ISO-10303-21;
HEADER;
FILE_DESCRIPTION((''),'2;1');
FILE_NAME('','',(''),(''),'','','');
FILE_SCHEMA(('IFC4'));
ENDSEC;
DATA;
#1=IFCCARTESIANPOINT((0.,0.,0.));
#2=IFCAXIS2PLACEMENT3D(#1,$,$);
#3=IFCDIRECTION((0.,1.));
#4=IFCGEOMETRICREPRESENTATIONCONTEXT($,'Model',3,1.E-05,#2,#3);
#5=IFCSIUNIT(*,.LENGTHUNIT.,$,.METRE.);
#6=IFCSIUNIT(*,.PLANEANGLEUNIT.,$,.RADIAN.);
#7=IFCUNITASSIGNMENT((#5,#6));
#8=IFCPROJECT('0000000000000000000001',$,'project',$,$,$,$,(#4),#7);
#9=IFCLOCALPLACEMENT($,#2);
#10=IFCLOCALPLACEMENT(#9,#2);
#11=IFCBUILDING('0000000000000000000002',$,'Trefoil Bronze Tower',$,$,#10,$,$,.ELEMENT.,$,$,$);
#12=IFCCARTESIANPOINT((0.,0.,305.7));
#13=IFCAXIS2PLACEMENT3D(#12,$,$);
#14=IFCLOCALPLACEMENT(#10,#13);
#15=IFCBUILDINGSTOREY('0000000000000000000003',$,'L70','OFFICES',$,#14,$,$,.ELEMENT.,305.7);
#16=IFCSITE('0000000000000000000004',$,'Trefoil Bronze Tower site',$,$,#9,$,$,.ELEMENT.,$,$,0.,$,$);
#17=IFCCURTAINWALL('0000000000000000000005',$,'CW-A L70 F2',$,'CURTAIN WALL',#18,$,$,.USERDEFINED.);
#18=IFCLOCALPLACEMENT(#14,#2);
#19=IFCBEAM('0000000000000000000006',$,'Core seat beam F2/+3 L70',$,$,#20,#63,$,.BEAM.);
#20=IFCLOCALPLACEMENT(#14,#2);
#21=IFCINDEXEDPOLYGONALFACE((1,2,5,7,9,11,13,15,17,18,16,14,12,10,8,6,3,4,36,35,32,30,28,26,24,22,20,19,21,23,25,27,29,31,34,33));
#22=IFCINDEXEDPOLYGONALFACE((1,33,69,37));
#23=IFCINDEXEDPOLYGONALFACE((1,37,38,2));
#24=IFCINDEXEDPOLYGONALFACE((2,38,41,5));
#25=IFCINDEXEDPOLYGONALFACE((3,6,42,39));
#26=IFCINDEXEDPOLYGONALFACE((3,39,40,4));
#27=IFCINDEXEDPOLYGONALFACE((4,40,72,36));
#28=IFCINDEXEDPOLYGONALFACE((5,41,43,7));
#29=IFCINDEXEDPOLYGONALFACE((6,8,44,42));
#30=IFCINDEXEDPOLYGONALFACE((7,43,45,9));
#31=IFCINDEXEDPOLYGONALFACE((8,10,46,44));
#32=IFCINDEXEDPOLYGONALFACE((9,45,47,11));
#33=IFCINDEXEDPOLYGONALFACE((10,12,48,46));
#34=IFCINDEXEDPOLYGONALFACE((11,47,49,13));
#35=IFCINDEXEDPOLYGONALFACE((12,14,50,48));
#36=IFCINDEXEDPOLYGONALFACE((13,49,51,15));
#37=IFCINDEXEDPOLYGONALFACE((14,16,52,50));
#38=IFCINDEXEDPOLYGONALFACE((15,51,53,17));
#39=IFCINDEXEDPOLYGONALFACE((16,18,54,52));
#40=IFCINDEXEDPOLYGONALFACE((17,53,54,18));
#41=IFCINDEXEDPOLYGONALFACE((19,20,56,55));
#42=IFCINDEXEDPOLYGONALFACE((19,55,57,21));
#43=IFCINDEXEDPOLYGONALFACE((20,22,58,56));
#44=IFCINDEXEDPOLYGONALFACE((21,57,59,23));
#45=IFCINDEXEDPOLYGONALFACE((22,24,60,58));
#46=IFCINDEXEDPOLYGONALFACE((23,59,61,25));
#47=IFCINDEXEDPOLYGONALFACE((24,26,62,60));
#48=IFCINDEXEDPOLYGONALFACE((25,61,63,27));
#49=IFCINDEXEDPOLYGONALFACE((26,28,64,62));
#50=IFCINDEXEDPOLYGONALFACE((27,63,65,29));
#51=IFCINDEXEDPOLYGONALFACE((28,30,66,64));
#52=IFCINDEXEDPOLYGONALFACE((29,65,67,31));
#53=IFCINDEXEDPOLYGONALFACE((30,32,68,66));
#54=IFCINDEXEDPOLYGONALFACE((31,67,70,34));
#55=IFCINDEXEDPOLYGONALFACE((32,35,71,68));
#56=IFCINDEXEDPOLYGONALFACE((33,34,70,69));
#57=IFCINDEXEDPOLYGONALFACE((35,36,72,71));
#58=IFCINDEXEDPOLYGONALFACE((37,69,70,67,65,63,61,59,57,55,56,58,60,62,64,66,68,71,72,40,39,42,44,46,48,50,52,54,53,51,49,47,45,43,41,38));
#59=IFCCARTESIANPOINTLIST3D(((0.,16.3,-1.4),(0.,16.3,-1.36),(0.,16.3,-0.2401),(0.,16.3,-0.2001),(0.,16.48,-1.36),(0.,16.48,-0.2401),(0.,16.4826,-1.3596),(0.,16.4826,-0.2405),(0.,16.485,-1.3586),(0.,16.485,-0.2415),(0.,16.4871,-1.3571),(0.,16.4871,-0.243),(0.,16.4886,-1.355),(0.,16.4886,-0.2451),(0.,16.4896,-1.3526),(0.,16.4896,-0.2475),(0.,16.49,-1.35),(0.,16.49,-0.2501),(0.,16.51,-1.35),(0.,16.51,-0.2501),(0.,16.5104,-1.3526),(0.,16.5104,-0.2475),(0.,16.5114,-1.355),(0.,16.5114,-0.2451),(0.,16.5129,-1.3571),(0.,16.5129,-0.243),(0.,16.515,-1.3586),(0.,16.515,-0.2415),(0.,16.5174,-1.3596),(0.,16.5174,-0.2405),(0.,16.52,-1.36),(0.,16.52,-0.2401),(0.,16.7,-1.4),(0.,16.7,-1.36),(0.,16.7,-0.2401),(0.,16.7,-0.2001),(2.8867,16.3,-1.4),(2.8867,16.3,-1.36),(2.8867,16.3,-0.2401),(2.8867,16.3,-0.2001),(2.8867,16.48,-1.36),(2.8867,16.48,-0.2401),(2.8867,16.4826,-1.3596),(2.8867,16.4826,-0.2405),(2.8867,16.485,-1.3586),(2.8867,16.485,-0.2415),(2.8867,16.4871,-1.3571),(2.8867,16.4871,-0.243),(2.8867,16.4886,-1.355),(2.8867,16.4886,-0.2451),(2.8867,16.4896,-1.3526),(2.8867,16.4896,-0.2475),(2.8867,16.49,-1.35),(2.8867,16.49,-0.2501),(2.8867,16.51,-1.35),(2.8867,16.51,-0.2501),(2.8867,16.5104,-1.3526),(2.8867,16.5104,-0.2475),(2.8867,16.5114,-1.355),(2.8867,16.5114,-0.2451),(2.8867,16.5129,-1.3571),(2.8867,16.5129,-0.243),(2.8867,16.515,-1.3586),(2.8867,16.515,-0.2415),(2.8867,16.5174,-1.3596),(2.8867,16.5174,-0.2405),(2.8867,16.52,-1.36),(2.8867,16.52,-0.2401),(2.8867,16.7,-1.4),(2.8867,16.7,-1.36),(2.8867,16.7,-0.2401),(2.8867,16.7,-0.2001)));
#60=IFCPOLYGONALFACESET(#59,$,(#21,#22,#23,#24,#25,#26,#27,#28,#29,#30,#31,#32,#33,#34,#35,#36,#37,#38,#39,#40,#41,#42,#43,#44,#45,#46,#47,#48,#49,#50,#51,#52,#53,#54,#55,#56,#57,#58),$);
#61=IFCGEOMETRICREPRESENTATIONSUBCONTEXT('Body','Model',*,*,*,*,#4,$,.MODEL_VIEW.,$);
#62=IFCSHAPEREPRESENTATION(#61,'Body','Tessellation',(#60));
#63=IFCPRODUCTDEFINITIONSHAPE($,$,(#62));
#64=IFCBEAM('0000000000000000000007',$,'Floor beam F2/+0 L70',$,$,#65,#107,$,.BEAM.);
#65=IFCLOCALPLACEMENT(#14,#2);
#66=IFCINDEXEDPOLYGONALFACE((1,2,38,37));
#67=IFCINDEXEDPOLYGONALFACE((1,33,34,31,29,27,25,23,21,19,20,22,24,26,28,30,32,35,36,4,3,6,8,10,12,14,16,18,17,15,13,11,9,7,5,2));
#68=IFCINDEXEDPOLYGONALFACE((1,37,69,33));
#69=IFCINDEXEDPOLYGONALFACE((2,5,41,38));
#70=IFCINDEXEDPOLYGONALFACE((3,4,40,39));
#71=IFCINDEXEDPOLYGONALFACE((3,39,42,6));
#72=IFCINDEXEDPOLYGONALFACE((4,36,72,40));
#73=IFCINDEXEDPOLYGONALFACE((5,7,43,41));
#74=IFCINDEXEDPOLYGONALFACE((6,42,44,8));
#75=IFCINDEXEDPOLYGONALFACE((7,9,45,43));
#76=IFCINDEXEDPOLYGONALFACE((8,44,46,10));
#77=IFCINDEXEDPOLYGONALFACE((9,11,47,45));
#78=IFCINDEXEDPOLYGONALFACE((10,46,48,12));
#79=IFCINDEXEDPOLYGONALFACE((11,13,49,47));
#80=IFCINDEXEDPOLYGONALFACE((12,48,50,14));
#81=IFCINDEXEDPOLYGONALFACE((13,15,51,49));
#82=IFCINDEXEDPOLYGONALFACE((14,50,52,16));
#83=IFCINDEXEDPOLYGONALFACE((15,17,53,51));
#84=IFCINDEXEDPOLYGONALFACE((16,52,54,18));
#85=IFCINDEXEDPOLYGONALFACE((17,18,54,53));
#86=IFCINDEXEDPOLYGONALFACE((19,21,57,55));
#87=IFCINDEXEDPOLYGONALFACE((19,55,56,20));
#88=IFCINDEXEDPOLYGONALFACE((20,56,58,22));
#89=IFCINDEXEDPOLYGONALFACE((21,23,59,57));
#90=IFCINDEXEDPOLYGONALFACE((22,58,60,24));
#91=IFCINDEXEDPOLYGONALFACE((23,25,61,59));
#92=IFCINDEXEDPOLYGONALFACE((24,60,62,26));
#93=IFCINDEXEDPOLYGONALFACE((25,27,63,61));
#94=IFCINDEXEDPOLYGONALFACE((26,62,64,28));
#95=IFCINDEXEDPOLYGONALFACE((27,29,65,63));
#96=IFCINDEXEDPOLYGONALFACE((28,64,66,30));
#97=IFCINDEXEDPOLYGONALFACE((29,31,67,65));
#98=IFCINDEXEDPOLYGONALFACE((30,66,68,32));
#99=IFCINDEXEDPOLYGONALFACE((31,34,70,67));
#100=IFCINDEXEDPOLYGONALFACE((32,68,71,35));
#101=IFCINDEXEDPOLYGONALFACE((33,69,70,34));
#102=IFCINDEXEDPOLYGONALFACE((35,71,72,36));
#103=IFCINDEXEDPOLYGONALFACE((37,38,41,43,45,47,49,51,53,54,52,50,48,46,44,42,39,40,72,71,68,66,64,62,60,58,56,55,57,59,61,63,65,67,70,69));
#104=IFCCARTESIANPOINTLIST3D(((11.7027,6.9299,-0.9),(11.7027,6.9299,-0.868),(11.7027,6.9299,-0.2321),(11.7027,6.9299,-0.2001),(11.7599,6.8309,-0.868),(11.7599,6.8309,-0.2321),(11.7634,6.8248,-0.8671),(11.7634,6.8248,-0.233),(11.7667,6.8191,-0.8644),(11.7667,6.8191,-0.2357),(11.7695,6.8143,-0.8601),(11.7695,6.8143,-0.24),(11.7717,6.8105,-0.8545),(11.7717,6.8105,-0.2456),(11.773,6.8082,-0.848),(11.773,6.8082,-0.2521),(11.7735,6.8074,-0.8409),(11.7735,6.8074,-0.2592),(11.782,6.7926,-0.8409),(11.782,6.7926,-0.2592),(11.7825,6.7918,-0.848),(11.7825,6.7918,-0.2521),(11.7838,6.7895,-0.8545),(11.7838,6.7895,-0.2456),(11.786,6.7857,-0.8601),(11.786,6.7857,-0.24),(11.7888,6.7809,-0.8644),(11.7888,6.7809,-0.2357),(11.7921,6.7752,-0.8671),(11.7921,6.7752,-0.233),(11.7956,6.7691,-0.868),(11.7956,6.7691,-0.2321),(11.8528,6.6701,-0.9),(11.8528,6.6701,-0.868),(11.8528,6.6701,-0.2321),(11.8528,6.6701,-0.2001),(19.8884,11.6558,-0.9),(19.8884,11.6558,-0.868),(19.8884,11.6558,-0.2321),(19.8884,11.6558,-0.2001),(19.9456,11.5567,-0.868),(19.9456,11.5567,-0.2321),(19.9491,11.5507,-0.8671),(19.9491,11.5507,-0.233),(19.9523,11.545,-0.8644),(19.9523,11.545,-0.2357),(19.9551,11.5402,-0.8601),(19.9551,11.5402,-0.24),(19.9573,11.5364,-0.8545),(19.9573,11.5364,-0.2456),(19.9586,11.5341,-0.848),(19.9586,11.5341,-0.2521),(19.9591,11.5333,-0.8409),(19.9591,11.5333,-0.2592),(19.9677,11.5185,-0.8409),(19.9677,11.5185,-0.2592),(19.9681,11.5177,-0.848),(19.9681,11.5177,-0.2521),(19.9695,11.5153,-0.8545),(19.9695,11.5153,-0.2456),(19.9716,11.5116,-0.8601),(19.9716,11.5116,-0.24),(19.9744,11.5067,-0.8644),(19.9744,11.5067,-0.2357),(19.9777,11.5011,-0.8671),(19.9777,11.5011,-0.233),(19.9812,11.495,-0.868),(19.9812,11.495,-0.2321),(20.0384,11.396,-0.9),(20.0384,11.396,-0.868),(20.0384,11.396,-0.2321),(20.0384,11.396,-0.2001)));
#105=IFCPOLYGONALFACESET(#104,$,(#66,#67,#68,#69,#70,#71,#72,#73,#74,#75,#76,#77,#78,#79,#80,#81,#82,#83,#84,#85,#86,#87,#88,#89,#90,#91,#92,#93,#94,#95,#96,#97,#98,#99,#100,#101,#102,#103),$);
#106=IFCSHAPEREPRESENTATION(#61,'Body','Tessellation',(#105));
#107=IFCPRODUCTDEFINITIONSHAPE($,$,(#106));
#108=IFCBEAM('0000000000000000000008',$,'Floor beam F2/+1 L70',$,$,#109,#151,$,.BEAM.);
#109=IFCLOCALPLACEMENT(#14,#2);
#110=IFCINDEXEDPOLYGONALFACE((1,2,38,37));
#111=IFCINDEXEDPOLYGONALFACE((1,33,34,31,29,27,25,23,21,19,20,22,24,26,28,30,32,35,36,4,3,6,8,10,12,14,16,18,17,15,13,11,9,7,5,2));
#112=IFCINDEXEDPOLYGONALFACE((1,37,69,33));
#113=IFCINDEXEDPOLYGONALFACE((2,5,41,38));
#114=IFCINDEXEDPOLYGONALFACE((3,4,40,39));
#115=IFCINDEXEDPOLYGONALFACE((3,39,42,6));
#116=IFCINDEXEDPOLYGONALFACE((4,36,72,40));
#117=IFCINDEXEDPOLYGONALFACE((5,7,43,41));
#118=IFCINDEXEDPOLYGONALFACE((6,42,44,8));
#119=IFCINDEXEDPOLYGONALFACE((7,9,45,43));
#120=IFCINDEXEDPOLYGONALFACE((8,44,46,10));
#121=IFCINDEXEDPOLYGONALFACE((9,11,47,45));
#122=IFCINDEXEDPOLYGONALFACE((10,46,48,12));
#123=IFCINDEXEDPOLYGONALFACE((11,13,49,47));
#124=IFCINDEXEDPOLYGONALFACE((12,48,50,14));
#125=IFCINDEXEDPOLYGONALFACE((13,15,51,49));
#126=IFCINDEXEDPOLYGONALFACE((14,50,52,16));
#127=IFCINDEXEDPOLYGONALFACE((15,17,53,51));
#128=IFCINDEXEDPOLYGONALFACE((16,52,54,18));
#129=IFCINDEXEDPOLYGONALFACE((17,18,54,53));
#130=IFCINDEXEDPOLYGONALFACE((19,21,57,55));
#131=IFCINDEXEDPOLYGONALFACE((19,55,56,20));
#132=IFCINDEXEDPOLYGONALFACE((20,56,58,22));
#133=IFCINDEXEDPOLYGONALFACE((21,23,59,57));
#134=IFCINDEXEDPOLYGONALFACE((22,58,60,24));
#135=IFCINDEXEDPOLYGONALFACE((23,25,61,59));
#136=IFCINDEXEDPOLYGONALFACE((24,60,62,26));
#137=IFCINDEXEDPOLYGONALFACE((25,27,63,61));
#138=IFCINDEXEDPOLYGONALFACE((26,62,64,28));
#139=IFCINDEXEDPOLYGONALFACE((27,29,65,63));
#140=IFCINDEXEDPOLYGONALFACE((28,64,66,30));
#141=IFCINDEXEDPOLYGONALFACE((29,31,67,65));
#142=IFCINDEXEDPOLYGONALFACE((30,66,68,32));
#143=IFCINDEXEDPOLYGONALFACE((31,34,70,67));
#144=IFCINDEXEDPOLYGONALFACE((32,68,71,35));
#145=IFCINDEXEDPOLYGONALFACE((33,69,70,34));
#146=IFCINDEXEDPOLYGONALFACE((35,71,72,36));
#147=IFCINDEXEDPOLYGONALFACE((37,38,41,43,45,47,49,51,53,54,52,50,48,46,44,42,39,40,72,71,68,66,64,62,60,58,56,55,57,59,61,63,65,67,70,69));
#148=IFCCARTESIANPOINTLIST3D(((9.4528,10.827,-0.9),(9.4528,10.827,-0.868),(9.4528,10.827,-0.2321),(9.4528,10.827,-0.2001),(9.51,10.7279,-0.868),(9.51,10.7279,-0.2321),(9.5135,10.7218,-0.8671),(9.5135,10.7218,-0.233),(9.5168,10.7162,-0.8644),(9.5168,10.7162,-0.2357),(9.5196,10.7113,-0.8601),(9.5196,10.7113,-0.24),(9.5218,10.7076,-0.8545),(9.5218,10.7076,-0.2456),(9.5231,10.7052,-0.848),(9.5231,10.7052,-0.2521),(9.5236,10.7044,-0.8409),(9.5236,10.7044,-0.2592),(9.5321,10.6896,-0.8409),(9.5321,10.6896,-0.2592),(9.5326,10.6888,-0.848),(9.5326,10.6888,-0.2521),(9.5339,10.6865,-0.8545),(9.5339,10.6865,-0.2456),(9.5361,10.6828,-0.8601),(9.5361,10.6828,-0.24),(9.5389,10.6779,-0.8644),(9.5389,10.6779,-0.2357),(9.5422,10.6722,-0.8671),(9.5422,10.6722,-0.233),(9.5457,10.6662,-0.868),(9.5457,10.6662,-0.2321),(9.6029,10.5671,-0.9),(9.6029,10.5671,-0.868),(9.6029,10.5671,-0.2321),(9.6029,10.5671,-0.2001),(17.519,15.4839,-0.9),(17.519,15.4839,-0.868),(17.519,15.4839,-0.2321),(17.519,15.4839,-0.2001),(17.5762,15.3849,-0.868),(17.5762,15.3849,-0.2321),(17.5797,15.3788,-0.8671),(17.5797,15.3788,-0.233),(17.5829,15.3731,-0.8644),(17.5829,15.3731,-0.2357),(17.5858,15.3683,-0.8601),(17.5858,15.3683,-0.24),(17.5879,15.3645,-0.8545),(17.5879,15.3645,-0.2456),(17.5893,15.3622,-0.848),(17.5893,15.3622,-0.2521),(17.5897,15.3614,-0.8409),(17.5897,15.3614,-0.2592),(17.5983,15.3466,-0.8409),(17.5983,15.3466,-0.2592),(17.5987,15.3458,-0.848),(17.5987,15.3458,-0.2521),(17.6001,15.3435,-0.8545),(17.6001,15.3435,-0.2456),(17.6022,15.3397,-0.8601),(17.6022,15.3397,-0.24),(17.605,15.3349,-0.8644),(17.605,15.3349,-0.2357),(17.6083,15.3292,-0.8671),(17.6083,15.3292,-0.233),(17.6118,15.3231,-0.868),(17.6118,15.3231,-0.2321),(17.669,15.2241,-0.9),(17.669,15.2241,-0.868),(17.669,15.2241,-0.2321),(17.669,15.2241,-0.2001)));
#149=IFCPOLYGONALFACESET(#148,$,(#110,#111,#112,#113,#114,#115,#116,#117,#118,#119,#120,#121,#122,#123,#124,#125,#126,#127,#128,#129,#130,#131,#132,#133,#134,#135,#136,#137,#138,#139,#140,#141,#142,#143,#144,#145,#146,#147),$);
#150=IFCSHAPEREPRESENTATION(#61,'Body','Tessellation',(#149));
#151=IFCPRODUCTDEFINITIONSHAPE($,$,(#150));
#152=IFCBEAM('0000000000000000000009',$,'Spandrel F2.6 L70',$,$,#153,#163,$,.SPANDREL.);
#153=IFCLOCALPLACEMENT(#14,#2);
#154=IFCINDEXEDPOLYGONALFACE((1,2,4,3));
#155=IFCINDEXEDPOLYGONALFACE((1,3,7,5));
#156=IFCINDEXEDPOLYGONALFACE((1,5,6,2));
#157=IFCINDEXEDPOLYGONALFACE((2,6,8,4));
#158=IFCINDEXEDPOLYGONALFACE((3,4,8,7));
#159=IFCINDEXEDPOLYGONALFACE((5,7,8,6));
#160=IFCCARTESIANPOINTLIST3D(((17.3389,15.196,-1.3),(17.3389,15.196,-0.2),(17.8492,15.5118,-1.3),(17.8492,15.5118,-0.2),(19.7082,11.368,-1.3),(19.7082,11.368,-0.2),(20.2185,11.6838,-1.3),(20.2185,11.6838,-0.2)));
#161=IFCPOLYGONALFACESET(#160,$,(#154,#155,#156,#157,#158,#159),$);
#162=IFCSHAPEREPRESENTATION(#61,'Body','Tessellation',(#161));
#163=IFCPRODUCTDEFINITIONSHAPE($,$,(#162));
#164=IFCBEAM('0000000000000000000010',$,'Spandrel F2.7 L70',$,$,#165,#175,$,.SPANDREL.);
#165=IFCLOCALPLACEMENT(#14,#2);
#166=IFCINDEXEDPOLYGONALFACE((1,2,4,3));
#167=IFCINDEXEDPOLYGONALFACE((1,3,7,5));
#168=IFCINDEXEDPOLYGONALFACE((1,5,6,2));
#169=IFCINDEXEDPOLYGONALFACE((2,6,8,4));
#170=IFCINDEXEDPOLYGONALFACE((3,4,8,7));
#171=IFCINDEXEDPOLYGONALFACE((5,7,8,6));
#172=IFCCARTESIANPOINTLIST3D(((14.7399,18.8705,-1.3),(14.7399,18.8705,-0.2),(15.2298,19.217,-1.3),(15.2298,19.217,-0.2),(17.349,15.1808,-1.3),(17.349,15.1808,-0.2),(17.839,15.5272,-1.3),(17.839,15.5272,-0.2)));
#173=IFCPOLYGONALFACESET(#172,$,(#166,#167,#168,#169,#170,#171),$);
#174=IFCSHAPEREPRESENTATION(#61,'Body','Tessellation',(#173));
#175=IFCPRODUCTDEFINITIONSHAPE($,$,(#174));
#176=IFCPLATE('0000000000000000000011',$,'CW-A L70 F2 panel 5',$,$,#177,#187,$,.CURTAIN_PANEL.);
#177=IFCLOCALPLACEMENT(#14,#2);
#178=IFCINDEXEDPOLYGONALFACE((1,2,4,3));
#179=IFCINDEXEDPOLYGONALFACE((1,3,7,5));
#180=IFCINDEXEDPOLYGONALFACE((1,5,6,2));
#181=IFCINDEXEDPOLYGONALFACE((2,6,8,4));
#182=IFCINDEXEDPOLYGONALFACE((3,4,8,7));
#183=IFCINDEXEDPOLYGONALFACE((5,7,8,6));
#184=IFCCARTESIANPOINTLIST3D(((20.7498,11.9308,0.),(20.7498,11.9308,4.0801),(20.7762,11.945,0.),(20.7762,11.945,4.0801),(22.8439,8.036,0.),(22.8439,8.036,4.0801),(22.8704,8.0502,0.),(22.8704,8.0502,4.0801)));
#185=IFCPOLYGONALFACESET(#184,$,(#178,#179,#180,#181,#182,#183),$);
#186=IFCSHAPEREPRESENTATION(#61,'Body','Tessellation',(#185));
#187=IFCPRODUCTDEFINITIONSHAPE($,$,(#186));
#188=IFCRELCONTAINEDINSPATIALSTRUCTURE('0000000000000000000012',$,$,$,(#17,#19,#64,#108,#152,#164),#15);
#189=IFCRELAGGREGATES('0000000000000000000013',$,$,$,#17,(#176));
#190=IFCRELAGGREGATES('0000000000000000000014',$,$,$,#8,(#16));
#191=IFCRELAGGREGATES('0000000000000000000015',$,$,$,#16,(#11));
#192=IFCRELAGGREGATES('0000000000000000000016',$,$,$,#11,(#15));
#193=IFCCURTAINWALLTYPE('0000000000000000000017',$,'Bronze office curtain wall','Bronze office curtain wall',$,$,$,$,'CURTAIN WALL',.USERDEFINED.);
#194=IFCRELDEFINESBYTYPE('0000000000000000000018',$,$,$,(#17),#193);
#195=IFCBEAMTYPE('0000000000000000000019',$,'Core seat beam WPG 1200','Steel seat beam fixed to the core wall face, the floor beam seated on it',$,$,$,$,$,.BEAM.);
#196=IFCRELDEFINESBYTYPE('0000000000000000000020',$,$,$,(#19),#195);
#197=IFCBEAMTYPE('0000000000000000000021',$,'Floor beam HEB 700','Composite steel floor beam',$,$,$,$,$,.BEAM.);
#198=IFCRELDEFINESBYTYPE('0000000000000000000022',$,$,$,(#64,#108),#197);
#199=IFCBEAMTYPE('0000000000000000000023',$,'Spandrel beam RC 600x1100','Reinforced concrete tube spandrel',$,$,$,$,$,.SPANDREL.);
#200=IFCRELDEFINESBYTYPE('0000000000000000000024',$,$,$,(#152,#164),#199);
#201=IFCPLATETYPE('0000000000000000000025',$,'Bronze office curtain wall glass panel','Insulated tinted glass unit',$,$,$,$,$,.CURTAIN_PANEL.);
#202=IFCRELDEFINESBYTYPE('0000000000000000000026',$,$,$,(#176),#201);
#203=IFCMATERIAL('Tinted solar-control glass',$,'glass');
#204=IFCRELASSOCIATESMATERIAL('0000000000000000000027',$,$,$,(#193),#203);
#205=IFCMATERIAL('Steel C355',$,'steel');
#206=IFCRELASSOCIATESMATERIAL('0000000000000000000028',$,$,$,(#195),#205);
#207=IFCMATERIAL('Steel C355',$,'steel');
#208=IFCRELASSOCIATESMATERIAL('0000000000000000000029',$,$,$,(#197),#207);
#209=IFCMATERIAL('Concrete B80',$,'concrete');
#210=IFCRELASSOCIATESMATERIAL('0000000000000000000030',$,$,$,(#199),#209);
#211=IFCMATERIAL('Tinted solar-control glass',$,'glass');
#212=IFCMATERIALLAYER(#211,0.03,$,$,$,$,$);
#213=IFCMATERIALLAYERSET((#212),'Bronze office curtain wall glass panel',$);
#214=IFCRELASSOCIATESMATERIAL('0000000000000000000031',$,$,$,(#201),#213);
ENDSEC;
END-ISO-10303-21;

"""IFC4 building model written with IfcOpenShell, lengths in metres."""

from ifc_helpers import new_model, si_unit, direction, frame, origin, origin_2d, place, context, subcontext, project, spatial, rectangle, i_section, extrude, material, layer, layer_set, material_profile, profile_set, type_object, element, aggregate, save


model = new_model("IFC4")

# Units and contexts
model_context = context("Model", 3, precision=1e-05, world=origin(), true_north=direction((0.0, 1.0)))
body_context = subcontext(model_context, "Body", "Model", "MODEL_VIEW")
ifc_project = project(units=[si_unit("LENGTHUNIT", "METRE"), si_unit("PLANEANGLEUNIT", "RADIAN")], contexts=[model_context])

# Site, building, storey
site_placement = place(None, origin())
site = spatial("IfcSite", under=ifc_project, at=site_placement, Name="Trefoil Bronze Tower site", CompositionType="ELEMENT", RefElevation=0.0)
building_placement = place(site_placement, origin())
building = spatial("IfcBuilding", under=site, at=building_placement, Name="Trefoil Bronze Tower", CompositionType="ELEMENT")
storey_placement = place(building_placement, frame((0.0, 0.0, 305.7)))
storey = spatial("IfcBuildingStorey", under=building, at=storey_placement, Name="L70", Description="OFFICES", CompositionType="ELEMENT", Elevation=305.7)

# Curtain wall
ifc_material_1 = material(Name="Tinted solar-control glass", Category="glass")
curtain_wall_type = type_object("IfcCurtainWallType", Name="Bronze office curtain wall", Description="Bronze office curtain wall", ElementType="CURTAIN WALL", PredefinedType="USERDEFINED", material=ifc_material_1)
curtain_wall_placement = place(storey_placement, origin())
curtain_wall = element("IfcCurtainWall", 1, at=curtain_wall_placement, inside=storey, type_object=curtain_wall_type, Name="CW-A L70 F2", ObjectType="CURTAIN WALL", PredefinedType="USERDEFINED")

# Beams
ifc_material_2 = material(Name="Steel C355", Category="steel")
ifc_material_profile_1 = material_profile(ifc_material_2, i_section(OverallWidth=0.3999, OverallDepth=1.2, WebThickness=0.02, FlangeThickness=0.04, FilletRadius=0.01, at=origin_2d()), Name="WPG 1200")
ifc_profile_set_1 = profile_set([ifc_material_profile_1], Name="Steel C355")
beam_type_1 = type_object("IfcBeamType", Name="Core seat beam WPG 1200", Description="Steel seat beam fixed to the core wall face, the floor beam seated on it", PredefinedType="BEAM", material=ifc_profile_set_1)
beam_1_placement = place(storey_placement, frame((2.8867, 16.5, -0.8), z_axis=(-1.0, 0.0, 0.0), x_axis=(0.0, -1.0, 0.0)))
element("IfcBeam", 2, at=beam_1_placement, inside=storey, type_object=beam_type_1, Name="Core seat beam F2/+3 L70", PredefinedType="BEAM", context=body_context, shape_type="SweptSolid", body=[
    extrude(i_section(OverallWidth=0.3999, OverallDepth=1.2, WebThickness=0.02, FlangeThickness=0.04, FilletRadius=0.01, at=origin_2d()), origin(), (0.0, 0.0, 1.0), 2.8867),
])
ifc_material_3 = material(Name="Steel C355", Category="steel")
ifc_material_profile_2 = material_profile(ifc_material_3, i_section(OverallWidth=0.3, OverallDepth=0.7, WebThickness=0.0171, FlangeThickness=0.032, FilletRadius=0.0271, at=origin_2d()), Name="HEB 700")
ifc_profile_set_2 = profile_set([ifc_material_profile_2], Name="Steel C355")
beam_type_2 = type_object("IfcBeamType", Name="Floor beam HEB 700", Description="Composite steel floor beam", PredefinedType="BEAM", material=ifc_profile_set_2)
beam_2_placement = place(storey_placement, frame((19.9634, 11.5259, -0.55), z_axis=(-0.86603, -0.499992, 0.0), x_axis=(0.499992, -0.86603, 0.0)))
element("IfcBeam", 3, at=beam_2_placement, inside=storey, type_object=beam_type_2, Name="Floor beam F2/+0 L70", PredefinedType="BEAM", context=body_context, shape_type="SweptSolid", body=[
    extrude(i_section(OverallWidth=0.3, OverallDepth=0.7, WebThickness=0.0171, FlangeThickness=0.032, FilletRadius=0.0271, at=origin_2d()), origin(), (0.0, 0.0, 1.0), 9.4519),
])
beam_3_placement = place(storey_placement, frame((17.594, 15.354, -0.55), z_axis=(-0.866026, -0.499999, 0.0), x_axis=(0.499999, -0.866026, 0.0)))
element("IfcBeam", 4, at=beam_3_placement, inside=storey, type_object=beam_type_2, Name="Floor beam F2/+1 L70", PredefinedType="BEAM", context=body_context, shape_type="SweptSolid", body=[
    extrude(i_section(OverallWidth=0.3, OverallDepth=0.7, WebThickness=0.0171, FlangeThickness=0.032, FilletRadius=0.0271, at=origin_2d()), origin(), (0.0, 0.0, 1.0), 9.314),
])
ifc_material_4 = material(Name="Concrete B80", Category="concrete")
ifc_material_profile_3 = material_profile(ifc_material_4, rectangle(XDim=0.6001, YDim=1.1001, at=origin_2d()), Name="RC 600x1100")
ifc_profile_set_3 = profile_set([ifc_material_profile_3], Name="Concrete B80")
beam_type_3 = type_object("IfcBeamType", Name="Spandrel beam RC 600x1100", Description="Reinforced concrete tube spandrel", PredefinedType="SPANDREL", material=ifc_profile_set_3)
beam_4_placement = place(storey_placement, frame((19.9634, 11.5259, -0.75), z_axis=(-0.526289, 0.850306, 0.0), x_axis=(-0.850306, -0.526289, 0.0)))
element("IfcBeam", 5, at=beam_4_placement, inside=storey, type_object=beam_type_3, Name="Spandrel F2.6 L70", PredefinedType="SPANDREL", context=body_context, shape_type="SweptSolid", body=[
    extrude(rectangle(XDim=0.6001, YDim=1.1001, at=origin_2d()), origin(), (0.0, 0.0, 1.0), 4.502),
])
beam_5_placement = place(storey_placement, frame((17.594, 15.354, -0.75), z_axis=(-0.577368, 0.816484, 0.0), x_axis=(-0.816484, -0.577368, 0.0)))
element("IfcBeam", 6, at=beam_5_placement, inside=storey, type_object=beam_type_3, Name="Spandrel F2.7 L70", PredefinedType="SPANDREL", context=body_context, shape_type="SweptSolid", body=[
    extrude(rectangle(XDim=0.6001, YDim=1.1001, at=origin_2d()), origin(), (0.0, 0.0, 1.0), 4.519),
])

# Plate
ifc_material_5 = material(Name="Tinted solar-control glass", Category="glass")
ifc_layer_1 = layer(ifc_material_5, 0.03)
ifc_layer_set_1 = layer_set([ifc_layer_1], Name="Bronze office curtain wall glass panel")
plate_type = type_object("IfcPlateType", Name="Bronze office curtain wall glass panel", Description="Insulated tinted glass unit", PredefinedType="CURTAIN_PANEL", material=ifc_layer_set_1)
plate_1_placement = place(storey_placement, frame((21.8101, 9.9905, 0.0), z_axis=(0.0, 0.0, 1.0), x_axis=(-0.473562, 0.88076, 0.0)))
plate_1 = element("IfcPlate", 7, at=plate_1_placement, type_object=plate_type, Name="CW-A L70 F2 panel 5", PredefinedType="CURTAIN_PANEL", context=body_context, shape_type="SweptSolid", body=[
    extrude(rectangle(XDim=4.4221, YDim=0.03, at=origin_2d()), origin(), (0.0, 0.0, 1.0), 4.0801),
])
aggregate(curtain_wall, [plate_1])

save(model, "model.ifc")
